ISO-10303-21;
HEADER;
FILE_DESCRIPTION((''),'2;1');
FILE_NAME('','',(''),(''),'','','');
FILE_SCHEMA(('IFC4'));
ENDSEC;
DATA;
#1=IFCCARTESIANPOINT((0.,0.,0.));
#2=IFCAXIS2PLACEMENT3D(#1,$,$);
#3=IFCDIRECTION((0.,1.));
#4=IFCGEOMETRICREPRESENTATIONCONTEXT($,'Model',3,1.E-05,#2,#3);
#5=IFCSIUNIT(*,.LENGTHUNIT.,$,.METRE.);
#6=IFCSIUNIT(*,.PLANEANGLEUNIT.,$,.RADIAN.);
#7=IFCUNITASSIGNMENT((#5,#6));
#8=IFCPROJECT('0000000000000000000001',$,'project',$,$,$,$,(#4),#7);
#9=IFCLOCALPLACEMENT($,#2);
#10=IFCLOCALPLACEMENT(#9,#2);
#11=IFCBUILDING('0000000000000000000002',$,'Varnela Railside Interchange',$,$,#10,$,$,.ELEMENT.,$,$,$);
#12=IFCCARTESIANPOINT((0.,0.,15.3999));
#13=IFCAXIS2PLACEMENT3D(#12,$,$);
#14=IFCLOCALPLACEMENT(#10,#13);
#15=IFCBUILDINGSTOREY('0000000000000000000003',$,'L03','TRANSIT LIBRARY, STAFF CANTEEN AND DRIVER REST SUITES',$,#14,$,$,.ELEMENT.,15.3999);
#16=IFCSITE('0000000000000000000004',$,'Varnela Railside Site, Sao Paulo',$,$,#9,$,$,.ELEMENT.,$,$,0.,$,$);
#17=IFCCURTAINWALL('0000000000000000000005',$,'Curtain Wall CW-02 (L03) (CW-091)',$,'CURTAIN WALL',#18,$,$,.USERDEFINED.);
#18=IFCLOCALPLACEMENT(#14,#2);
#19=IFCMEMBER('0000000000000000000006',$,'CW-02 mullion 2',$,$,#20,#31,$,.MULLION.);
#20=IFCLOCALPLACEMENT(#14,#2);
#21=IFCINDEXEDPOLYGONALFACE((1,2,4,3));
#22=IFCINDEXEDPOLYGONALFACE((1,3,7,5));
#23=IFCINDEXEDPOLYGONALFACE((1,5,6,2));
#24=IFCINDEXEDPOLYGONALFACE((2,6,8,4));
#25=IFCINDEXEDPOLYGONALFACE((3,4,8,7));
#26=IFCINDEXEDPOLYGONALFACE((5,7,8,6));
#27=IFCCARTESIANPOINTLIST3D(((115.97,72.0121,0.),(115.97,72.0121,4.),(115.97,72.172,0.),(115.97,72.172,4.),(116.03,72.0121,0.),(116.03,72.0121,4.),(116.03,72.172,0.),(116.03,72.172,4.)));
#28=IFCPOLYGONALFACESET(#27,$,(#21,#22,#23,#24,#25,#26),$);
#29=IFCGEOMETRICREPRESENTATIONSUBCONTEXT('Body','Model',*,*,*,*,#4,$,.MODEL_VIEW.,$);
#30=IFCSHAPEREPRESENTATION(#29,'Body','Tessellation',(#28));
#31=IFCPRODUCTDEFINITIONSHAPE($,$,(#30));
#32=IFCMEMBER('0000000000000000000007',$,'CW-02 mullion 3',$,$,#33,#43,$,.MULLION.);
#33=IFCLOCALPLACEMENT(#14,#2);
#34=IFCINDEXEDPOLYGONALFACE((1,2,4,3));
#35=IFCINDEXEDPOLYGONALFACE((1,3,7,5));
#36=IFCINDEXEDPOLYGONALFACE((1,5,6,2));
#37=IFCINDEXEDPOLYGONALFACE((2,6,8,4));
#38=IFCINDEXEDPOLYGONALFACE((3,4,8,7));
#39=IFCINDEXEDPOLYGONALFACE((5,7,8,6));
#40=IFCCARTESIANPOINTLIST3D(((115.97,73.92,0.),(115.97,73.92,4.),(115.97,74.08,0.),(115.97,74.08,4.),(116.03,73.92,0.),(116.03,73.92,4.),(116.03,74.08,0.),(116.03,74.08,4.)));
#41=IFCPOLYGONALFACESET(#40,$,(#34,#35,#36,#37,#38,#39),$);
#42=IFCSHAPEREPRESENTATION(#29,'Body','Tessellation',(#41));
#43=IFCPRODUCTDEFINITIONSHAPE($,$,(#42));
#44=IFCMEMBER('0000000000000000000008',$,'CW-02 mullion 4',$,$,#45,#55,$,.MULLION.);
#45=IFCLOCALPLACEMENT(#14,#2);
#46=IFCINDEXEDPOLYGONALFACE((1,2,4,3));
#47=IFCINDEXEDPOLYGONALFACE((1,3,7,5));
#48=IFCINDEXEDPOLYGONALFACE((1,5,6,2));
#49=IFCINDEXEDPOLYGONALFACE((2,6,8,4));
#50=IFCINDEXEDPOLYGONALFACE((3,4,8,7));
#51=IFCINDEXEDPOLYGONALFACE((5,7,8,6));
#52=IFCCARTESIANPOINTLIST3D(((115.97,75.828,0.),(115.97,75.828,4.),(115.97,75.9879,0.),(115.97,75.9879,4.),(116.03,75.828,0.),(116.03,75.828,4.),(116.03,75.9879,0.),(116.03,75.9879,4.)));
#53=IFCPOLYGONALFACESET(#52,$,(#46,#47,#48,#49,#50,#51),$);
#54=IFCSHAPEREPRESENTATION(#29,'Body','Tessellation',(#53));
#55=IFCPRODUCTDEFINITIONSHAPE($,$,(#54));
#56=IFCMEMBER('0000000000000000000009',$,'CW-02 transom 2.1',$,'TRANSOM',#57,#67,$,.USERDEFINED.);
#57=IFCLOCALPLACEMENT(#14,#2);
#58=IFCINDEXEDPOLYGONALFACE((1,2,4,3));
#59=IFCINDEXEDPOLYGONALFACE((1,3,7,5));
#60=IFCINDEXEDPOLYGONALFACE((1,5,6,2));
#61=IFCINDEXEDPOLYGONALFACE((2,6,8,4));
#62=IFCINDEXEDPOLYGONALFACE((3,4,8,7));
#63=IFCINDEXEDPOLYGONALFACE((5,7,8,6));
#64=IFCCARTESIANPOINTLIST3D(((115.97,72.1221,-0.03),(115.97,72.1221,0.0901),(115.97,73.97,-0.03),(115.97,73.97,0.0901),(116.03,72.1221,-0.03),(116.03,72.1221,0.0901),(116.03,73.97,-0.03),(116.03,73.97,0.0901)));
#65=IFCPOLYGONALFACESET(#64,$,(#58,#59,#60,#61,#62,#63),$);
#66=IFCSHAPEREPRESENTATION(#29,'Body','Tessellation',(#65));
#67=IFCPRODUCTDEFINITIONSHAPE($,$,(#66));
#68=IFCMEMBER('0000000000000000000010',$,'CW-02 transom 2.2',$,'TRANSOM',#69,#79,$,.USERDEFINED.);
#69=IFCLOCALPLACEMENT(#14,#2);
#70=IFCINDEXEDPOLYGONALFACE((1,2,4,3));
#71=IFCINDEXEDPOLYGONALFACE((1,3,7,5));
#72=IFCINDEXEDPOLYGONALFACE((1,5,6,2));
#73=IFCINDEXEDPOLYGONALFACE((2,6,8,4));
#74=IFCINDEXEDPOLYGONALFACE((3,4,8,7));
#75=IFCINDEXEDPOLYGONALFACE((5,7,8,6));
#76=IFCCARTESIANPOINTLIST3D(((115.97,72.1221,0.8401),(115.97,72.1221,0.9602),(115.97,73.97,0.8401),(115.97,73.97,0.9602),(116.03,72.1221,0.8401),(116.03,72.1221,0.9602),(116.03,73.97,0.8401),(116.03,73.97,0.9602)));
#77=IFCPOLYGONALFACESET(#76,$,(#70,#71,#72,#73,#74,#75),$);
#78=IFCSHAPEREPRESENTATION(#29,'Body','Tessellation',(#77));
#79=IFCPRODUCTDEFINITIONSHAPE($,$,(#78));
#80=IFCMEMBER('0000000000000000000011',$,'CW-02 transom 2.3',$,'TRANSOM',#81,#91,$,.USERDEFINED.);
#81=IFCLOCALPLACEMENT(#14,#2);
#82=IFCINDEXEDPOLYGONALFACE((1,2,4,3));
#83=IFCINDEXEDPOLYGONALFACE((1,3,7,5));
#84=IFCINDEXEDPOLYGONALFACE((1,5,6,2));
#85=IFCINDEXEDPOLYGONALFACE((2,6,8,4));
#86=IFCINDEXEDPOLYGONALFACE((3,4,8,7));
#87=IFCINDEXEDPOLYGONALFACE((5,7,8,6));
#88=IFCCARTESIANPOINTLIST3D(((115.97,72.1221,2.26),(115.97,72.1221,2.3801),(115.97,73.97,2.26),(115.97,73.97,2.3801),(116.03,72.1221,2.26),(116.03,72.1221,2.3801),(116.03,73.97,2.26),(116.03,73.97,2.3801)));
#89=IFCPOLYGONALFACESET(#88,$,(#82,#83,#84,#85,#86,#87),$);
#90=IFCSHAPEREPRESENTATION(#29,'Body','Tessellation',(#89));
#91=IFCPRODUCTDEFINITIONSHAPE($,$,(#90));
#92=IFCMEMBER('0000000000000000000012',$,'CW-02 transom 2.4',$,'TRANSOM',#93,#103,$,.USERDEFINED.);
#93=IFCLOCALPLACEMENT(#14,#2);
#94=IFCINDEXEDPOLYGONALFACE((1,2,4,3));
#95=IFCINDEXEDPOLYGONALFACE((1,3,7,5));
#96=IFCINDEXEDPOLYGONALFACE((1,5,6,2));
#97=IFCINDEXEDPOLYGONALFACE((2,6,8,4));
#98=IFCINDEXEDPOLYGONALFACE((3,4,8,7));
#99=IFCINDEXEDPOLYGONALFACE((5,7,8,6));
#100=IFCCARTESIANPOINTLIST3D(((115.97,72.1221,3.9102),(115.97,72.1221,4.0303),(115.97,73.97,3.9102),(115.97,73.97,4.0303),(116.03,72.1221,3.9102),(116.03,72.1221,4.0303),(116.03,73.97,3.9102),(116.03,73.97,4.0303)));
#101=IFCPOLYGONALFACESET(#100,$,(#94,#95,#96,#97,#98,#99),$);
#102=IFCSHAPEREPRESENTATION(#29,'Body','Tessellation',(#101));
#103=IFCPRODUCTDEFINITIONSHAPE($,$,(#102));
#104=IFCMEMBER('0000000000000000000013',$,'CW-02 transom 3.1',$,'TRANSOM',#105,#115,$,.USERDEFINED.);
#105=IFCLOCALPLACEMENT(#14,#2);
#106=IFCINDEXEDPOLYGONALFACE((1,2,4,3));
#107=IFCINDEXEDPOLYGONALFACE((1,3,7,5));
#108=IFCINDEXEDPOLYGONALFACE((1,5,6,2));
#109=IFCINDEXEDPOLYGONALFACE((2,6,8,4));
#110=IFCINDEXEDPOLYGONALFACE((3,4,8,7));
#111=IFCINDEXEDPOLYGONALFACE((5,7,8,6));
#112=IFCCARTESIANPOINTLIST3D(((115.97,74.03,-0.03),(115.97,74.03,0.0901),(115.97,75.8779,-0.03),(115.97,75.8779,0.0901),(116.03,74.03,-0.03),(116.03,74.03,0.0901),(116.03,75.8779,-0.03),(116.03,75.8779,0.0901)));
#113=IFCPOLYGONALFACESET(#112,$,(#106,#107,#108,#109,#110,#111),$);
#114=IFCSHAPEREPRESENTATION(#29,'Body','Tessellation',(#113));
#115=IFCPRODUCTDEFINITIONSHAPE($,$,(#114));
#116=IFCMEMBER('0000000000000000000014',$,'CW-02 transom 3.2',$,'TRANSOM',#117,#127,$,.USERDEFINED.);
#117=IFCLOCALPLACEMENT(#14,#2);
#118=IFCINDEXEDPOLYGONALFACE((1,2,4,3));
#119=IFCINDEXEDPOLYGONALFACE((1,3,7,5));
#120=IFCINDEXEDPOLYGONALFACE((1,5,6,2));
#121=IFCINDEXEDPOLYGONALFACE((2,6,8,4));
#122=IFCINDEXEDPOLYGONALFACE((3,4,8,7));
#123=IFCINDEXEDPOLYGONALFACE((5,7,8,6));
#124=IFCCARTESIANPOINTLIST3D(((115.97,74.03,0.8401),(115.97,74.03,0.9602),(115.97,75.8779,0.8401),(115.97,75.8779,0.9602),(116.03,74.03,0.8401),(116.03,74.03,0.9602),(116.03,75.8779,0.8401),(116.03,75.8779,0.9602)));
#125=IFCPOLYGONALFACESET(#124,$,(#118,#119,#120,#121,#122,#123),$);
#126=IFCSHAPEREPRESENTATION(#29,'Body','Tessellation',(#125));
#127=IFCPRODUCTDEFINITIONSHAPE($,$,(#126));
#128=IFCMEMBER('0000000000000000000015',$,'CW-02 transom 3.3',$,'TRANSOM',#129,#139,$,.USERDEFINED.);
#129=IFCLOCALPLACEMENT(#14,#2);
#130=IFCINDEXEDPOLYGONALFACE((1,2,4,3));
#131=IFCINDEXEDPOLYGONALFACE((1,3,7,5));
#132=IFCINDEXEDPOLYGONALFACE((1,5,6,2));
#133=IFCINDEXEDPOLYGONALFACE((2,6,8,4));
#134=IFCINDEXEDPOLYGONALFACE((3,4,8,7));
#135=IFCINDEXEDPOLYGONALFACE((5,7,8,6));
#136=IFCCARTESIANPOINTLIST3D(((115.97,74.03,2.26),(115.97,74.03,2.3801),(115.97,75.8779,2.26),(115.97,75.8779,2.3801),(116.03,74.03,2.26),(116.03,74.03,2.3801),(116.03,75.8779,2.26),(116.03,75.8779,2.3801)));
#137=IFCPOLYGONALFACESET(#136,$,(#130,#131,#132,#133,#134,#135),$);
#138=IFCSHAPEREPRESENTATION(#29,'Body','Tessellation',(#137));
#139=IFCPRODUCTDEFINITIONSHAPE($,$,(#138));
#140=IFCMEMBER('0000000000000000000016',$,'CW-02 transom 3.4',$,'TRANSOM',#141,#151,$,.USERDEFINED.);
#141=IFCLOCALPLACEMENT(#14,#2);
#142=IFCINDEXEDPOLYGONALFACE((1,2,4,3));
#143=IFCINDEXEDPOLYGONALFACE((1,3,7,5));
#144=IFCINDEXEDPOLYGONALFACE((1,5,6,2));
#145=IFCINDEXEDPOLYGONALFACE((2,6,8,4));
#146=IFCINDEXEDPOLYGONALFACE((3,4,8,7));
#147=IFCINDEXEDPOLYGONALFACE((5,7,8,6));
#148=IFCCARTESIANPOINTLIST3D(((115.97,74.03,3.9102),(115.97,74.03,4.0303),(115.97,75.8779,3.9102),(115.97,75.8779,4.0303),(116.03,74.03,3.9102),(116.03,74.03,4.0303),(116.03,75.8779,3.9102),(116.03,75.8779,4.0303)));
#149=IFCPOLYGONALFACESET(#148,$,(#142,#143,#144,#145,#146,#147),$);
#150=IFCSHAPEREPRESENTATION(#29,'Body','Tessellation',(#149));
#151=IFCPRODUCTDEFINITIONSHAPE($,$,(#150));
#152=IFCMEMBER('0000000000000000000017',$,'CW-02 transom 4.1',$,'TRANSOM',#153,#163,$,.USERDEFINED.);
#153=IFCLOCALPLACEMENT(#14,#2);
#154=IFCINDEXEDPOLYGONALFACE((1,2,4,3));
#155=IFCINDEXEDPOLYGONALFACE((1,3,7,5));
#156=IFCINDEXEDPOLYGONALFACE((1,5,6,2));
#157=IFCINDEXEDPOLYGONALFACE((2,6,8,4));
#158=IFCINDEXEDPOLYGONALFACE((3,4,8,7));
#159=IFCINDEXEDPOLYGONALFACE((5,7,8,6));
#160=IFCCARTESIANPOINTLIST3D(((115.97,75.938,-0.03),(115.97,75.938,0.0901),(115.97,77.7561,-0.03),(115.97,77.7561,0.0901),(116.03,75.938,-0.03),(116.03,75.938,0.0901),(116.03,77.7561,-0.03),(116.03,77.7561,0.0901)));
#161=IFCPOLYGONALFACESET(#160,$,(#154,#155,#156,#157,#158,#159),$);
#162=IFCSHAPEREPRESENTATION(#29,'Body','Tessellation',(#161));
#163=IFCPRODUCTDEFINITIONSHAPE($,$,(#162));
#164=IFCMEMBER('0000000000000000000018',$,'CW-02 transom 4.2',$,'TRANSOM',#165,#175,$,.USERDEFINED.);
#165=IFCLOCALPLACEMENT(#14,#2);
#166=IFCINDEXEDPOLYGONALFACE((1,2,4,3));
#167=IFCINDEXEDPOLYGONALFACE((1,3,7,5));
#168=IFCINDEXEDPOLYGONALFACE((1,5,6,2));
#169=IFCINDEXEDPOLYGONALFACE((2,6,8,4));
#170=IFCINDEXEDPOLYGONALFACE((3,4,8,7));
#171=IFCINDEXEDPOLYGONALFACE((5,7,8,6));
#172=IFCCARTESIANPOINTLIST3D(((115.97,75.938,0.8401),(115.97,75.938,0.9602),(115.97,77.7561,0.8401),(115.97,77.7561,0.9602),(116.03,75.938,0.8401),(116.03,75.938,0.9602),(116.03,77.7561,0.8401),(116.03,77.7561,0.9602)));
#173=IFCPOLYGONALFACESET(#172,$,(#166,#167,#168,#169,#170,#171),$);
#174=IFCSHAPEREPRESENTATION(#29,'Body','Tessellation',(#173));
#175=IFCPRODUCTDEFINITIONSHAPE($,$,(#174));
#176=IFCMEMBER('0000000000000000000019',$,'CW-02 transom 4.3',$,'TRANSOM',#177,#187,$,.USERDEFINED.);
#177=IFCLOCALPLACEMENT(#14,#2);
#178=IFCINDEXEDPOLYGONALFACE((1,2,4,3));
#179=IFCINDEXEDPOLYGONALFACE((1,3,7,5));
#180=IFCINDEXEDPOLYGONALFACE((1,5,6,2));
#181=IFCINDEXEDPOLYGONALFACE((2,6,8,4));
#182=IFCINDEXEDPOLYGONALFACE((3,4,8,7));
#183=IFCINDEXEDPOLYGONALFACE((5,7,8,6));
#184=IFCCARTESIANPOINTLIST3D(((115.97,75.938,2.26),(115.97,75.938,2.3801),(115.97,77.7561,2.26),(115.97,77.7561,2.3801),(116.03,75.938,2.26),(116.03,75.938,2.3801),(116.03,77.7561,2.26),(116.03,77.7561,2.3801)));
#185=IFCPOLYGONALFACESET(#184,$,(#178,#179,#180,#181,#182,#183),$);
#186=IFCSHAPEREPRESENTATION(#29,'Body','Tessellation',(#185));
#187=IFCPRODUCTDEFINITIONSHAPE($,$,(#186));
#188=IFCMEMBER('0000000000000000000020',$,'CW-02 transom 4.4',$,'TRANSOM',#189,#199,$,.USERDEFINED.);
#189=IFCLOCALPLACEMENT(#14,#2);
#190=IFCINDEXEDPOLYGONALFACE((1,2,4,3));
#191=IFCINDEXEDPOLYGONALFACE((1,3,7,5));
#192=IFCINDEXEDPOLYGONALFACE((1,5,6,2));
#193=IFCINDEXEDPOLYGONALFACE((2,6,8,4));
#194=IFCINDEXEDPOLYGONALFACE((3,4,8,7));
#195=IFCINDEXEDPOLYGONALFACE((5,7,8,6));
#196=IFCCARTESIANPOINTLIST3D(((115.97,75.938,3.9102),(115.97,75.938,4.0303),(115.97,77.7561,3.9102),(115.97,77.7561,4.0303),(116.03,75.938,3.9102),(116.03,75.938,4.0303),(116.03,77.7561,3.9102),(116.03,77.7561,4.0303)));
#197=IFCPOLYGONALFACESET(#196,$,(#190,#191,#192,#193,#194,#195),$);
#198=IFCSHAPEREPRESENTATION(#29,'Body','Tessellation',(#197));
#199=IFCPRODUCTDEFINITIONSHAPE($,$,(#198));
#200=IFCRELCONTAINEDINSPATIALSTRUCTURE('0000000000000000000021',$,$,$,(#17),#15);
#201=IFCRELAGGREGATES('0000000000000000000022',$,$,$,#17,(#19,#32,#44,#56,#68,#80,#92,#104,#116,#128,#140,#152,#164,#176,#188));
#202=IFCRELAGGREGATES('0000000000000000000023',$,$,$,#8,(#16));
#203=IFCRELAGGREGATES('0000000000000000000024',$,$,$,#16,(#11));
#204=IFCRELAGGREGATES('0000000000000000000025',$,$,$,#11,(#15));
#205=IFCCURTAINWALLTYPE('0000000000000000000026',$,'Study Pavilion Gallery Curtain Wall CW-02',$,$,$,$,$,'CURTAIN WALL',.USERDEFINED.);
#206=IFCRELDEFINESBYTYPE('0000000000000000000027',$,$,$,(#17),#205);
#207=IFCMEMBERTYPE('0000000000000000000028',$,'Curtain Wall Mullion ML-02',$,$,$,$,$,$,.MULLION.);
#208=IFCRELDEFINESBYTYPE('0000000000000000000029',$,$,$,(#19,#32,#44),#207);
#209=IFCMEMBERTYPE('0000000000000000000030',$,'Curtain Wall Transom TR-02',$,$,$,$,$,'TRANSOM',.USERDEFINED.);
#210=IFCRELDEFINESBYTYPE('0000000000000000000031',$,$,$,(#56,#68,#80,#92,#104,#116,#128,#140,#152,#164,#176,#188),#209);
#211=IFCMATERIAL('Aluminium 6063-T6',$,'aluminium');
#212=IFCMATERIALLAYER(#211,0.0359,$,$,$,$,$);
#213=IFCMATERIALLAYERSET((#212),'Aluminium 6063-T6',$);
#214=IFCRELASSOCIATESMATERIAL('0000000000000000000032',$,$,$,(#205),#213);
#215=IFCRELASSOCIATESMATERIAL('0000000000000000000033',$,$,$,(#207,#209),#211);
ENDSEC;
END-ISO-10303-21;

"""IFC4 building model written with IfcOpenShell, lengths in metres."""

from ifc_helpers import new_model, si_unit, direction, frame, origin, origin_2d, place, context, subcontext, project, spatial, rectangle, extrude, material, layer, layer_set, material_profile, profile_set, type_object, element, aggregate, save


model = new_model("IFC4")

# Units and contexts
model_context = context("Model", 3, precision=1e-05, world=origin(), true_north=direction((0.0, 1.0)))
body_context = subcontext(model_context, "Body", "Model", "MODEL_VIEW")
ifc_project = project(units=[si_unit("LENGTHUNIT", "METRE"), si_unit("PLANEANGLEUNIT", "RADIAN")], contexts=[model_context])

# Site, building, storey
site_placement = place(None, origin())
site = spatial("IfcSite", under=ifc_project, at=site_placement, Name="Varnela Railside Site, Sao Paulo", CompositionType="ELEMENT", RefElevation=0.0)
building_placement = place(site_placement, origin())
building = spatial("IfcBuilding", under=site, at=building_placement, Name="Varnela Railside Interchange", CompositionType="ELEMENT")
storey_placement = place(building_placement, frame((0.0, 0.0, 15.3999)))
storey = spatial("IfcBuildingStorey", under=building, at=storey_placement, Name="L03", Description="TRANSIT LIBRARY, STAFF CANTEEN AND DRIVER REST SUITES", CompositionType="ELEMENT", Elevation=15.3999)

# Curtain wall, members
ifc_material_1 = material(Name="Aluminium 6063-T6", Category="aluminium")
ifc_layer_1 = layer(ifc_material_1, 0.0359)
ifc_layer_set_1 = layer_set([ifc_layer_1], Name="Aluminium 6063-T6")
curtain_wall_type = type_object("IfcCurtainWallType", Name="Study Pavilion Gallery Curtain Wall CW-02", ElementType="CURTAIN WALL", PredefinedType="USERDEFINED", material=ifc_layer_set_1)
curtain_wall_placement = place(storey_placement, origin())
curtain_wall = element("IfcCurtainWall", 1, at=curtain_wall_placement, inside=storey, type_object=curtain_wall_type, Name="Curtain Wall CW-02 (L03) (CW-091)", ObjectType="CURTAIN WALL", PredefinedType="USERDEFINED")
ifc_material_profile_1 = material_profile(ifc_material_1, rectangle(XDim=0.0601, YDim=0.1599, at=origin_2d()), Name="ALU 60x160")
ifc_profile_set_1 = profile_set([ifc_material_profile_1], Name="Aluminium 6063-T6")
member_type_1 = type_object("IfcMemberType", Name="Curtain Wall Mullion ML-02", PredefinedType="MULLION", material=ifc_profile_set_1)
member_1_placement = place(storey_placement, frame((116.0, 72.092, 0.0), z_axis=(0.0, 0.0, 1.0), x_axis=(-1.0, 0.0, 0.0)))
member_1 = element("IfcMember", 2, at=member_1_placement, type_object=member_type_1, Name="CW-02 mullion 2", PredefinedType="MULLION", context=body_context, shape_type="SweptSolid", body=[
    extrude(rectangle(XDim=0.0601, YDim=0.1599, at=origin_2d()), origin(), (0.0, 0.0, 1.0), 4.0),
])
member_2_placement = place(storey_placement, frame((116.0, 74.0, 0.0), z_axis=(0.0, 0.0, 1.0), x_axis=(-1.0, 0.0, 0.0)))
member_2 = element("IfcMember", 3, at=member_2_placement, type_object=member_type_1, Name="CW-02 mullion 3", PredefinedType="MULLION", context=body_context, shape_type="SweptSolid", body=[
    extrude(rectangle(XDim=0.0601, YDim=0.1599, at=origin_2d()), origin(), (0.0, 0.0, 1.0), 4.0),
])
member_3_placement = place(storey_placement, frame((116.0, 75.908, 0.0), z_axis=(0.0, 0.0, 1.0), x_axis=(-1.0, 0.0, 0.0)))
member_3 = element("IfcMember", 4, at=member_3_placement, type_object=member_type_1, Name="CW-02 mullion 4", PredefinedType="MULLION", context=body_context, shape_type="SweptSolid", body=[
    extrude(rectangle(XDim=0.0601, YDim=0.1599, at=origin_2d()), origin(), (0.0, 0.0, 1.0), 4.0),
])
ifc_material_profile_2 = material_profile(ifc_material_1, rectangle(XDim=0.0601, YDim=0.1201, at=origin_2d()), Name="ALU 60x120")
ifc_profile_set_2 = profile_set([ifc_material_profile_2], Name="Aluminium 6063-T6")
member_type_2 = type_object("IfcMemberType", Name="Curtain Wall Transom TR-02", ElementType="TRANSOM", PredefinedType="USERDEFINED", material=ifc_profile_set_2)
member_4_placement = place(storey_placement, frame((116.0, 72.1221, 0.03), z_axis=(0.0, 1.0, 0.0), x_axis=(-1.0, 0.0, 0.0)))
member_4 = element("IfcMember", 5, at=member_4_placement, type_object=member_type_2, Name="CW-02 transom 2.1", ObjectType="TRANSOM", PredefinedType="USERDEFINED", context=body_context, shape_type="SweptSolid", body=[
    extrude(rectangle(XDim=0.0601, YDim=0.1201, at=origin_2d()), origin(), (0.0, 0.0, 1.0), 1.8479),
])
member_5_placement = place(storey_placement, frame((116.0, 72.1221, 0.9001), z_axis=(0.0, 1.0, 0.0), x_axis=(-1.0, 0.0, 0.0)))
member_5 = element("IfcMember", 6, at=member_5_placement, type_object=member_type_2, Name="CW-02 transom 2.2", ObjectType="TRANSOM", PredefinedType="USERDEFINED", context=body_context, shape_type="SweptSolid", body=[
    extrude(rectangle(XDim=0.0601, YDim=0.1201, at=origin_2d()), origin(), (0.0, 0.0, 1.0), 1.8479),
])
member_6_placement = place(storey_placement, frame((116.0, 72.1221, 2.3201), z_axis=(0.0, 1.0, 0.0), x_axis=(-1.0, 0.0, 0.0)))
member_6 = element("IfcMember", 7, at=member_6_placement, type_object=member_type_2, Name="CW-02 transom 2.3", ObjectType="TRANSOM", PredefinedType="USERDEFINED", context=body_context, shape_type="SweptSolid", body=[
    extrude(rectangle(XDim=0.0601, YDim=0.1201, at=origin_2d()), origin(), (0.0, 0.0, 1.0), 1.8479),
])
member_7_placement = place(storey_placement, frame((116.0, 72.1221, 3.9702), z_axis=(0.0, 1.0, 0.0), x_axis=(-1.0, 0.0, 0.0)))
member_7 = element("IfcMember", 8, at=member_7_placement, type_object=member_type_2, Name="CW-02 transom 2.4", ObjectType="TRANSOM", PredefinedType="USERDEFINED", context=body_context, shape_type="SweptSolid", body=[
    extrude(rectangle(XDim=0.0601, YDim=0.1201, at=origin_2d()), origin(), (0.0, 0.0, 1.0), 1.8479),
])
member_8_placement = place(storey_placement, frame((116.0, 74.03, 0.03), z_axis=(0.0, 1.0, 0.0), x_axis=(-1.0, 0.0, 0.0)))
member_8 = element("IfcMember", 9, at=member_8_placement, type_object=member_type_2, Name="CW-02 transom 3.1", ObjectType="TRANSOM", PredefinedType="USERDEFINED", context=body_context, shape_type="SweptSolid", body=[
    extrude(rectangle(XDim=0.0601, YDim=0.1201, at=origin_2d()), origin(), (0.0, 0.0, 1.0), 1.8479),
])
member_9_placement = place(storey_placement, frame((116.0, 74.03, 0.9001), z_axis=(0.0, 1.0, 0.0), x_axis=(-1.0, 0.0, 0.0)))
member_9 = element("IfcMember", 10, at=member_9_placement, type_object=member_type_2, Name="CW-02 transom 3.2", ObjectType="TRANSOM", PredefinedType="USERDEFINED", context=body_context, shape_type="SweptSolid", body=[
    extrude(rectangle(XDim=0.0601, YDim=0.1201, at=origin_2d()), origin(), (0.0, 0.0, 1.0), 1.8479),
])
member_10_placement = place(storey_placement, frame((116.0, 74.03, 2.3201), z_axis=(0.0, 1.0, 0.0), x_axis=(-1.0, 0.0, 0.0)))
member_10 = element("IfcMember", 11, at=member_10_placement, type_object=member_type_2, Name="CW-02 transom 3.3", ObjectType="TRANSOM", PredefinedType="USERDEFINED", context=body_context, shape_type="SweptSolid", body=[
    extrude(rectangle(XDim=0.0601, YDim=0.1201, at=origin_2d()), origin(), (0.0, 0.0, 1.0), 1.8479),
])
member_11_placement = place(storey_placement, frame((116.0, 74.03, 3.9702), z_axis=(0.0, 1.0, 0.0), x_axis=(-1.0, 0.0, 0.0)))
member_11 = element("IfcMember", 12, at=member_11_placement, type_object=member_type_2, Name="CW-02 transom 3.4", ObjectType="TRANSOM", PredefinedType="USERDEFINED", context=body_context, shape_type="SweptSolid", body=[
    extrude(rectangle(XDim=0.0601, YDim=0.1201, at=origin_2d()), origin(), (0.0, 0.0, 1.0), 1.8479),
])
member_12_placement = place(storey_placement, frame((116.0, 75.938, 0.03), z_axis=(0.0, 1.0, 0.0), x_axis=(-1.0, 0.0, 0.0)))
member_12 = element("IfcMember", 13, at=member_12_placement, type_object=member_type_2, Name="CW-02 transom 4.1", ObjectType="TRANSOM", PredefinedType="USERDEFINED", context=body_context, shape_type="SweptSolid", body=[
    extrude(rectangle(XDim=0.0601, YDim=0.1201, at=origin_2d()), origin(), (0.0, 0.0, 1.0), 1.8181),
])
member_13_placement = place(storey_placement, frame((116.0, 75.938, 0.9001), z_axis=(0.0, 1.0, 0.0), x_axis=(-1.0, 0.0, 0.0)))
member_13 = element("IfcMember", 14, at=member_13_placement, type_object=member_type_2, Name="CW-02 transom 4.2", ObjectType="TRANSOM", PredefinedType="USERDEFINED", context=body_context, shape_type="SweptSolid", body=[
    extrude(rectangle(XDim=0.0601, YDim=0.1201, at=origin_2d()), origin(), (0.0, 0.0, 1.0), 1.8181),
])
member_14_placement = place(storey_placement, frame((116.0, 75.938, 2.3201), z_axis=(0.0, 1.0, 0.0), x_axis=(-1.0, 0.0, 0.0)))
member_14 = element("IfcMember", 15, at=member_14_placement, type_object=member_type_2, Name="CW-02 transom 4.3", ObjectType="TRANSOM", PredefinedType="USERDEFINED", context=body_context, shape_type="SweptSolid", body=[
    extrude(rectangle(XDim=0.0601, YDim=0.1201, at=origin_2d()), origin(), (0.0, 0.0, 1.0), 1.8181),
])
member_15_placement = place(storey_placement, frame((116.0, 75.938, 3.9702), z_axis=(0.0, 1.0, 0.0), x_axis=(-1.0, 0.0, 0.0)))
member_15 = element("IfcMember", 16, at=member_15_placement, type_object=member_type_2, Name="CW-02 transom 4.4", ObjectType="TRANSOM", PredefinedType="USERDEFINED", context=body_context, shape_type="SweptSolid", body=[
    extrude(rectangle(XDim=0.0601, YDim=0.1201, at=origin_2d()), origin(), (0.0, 0.0, 1.0), 1.8181),
])
aggregate(curtain_wall, [member_1, member_2, member_3, member_4, member_5, member_6, member_7, member_8, member_9, member_10, member_11, member_12, member_13, member_14, member_15])

save(model, "model.ifc")
